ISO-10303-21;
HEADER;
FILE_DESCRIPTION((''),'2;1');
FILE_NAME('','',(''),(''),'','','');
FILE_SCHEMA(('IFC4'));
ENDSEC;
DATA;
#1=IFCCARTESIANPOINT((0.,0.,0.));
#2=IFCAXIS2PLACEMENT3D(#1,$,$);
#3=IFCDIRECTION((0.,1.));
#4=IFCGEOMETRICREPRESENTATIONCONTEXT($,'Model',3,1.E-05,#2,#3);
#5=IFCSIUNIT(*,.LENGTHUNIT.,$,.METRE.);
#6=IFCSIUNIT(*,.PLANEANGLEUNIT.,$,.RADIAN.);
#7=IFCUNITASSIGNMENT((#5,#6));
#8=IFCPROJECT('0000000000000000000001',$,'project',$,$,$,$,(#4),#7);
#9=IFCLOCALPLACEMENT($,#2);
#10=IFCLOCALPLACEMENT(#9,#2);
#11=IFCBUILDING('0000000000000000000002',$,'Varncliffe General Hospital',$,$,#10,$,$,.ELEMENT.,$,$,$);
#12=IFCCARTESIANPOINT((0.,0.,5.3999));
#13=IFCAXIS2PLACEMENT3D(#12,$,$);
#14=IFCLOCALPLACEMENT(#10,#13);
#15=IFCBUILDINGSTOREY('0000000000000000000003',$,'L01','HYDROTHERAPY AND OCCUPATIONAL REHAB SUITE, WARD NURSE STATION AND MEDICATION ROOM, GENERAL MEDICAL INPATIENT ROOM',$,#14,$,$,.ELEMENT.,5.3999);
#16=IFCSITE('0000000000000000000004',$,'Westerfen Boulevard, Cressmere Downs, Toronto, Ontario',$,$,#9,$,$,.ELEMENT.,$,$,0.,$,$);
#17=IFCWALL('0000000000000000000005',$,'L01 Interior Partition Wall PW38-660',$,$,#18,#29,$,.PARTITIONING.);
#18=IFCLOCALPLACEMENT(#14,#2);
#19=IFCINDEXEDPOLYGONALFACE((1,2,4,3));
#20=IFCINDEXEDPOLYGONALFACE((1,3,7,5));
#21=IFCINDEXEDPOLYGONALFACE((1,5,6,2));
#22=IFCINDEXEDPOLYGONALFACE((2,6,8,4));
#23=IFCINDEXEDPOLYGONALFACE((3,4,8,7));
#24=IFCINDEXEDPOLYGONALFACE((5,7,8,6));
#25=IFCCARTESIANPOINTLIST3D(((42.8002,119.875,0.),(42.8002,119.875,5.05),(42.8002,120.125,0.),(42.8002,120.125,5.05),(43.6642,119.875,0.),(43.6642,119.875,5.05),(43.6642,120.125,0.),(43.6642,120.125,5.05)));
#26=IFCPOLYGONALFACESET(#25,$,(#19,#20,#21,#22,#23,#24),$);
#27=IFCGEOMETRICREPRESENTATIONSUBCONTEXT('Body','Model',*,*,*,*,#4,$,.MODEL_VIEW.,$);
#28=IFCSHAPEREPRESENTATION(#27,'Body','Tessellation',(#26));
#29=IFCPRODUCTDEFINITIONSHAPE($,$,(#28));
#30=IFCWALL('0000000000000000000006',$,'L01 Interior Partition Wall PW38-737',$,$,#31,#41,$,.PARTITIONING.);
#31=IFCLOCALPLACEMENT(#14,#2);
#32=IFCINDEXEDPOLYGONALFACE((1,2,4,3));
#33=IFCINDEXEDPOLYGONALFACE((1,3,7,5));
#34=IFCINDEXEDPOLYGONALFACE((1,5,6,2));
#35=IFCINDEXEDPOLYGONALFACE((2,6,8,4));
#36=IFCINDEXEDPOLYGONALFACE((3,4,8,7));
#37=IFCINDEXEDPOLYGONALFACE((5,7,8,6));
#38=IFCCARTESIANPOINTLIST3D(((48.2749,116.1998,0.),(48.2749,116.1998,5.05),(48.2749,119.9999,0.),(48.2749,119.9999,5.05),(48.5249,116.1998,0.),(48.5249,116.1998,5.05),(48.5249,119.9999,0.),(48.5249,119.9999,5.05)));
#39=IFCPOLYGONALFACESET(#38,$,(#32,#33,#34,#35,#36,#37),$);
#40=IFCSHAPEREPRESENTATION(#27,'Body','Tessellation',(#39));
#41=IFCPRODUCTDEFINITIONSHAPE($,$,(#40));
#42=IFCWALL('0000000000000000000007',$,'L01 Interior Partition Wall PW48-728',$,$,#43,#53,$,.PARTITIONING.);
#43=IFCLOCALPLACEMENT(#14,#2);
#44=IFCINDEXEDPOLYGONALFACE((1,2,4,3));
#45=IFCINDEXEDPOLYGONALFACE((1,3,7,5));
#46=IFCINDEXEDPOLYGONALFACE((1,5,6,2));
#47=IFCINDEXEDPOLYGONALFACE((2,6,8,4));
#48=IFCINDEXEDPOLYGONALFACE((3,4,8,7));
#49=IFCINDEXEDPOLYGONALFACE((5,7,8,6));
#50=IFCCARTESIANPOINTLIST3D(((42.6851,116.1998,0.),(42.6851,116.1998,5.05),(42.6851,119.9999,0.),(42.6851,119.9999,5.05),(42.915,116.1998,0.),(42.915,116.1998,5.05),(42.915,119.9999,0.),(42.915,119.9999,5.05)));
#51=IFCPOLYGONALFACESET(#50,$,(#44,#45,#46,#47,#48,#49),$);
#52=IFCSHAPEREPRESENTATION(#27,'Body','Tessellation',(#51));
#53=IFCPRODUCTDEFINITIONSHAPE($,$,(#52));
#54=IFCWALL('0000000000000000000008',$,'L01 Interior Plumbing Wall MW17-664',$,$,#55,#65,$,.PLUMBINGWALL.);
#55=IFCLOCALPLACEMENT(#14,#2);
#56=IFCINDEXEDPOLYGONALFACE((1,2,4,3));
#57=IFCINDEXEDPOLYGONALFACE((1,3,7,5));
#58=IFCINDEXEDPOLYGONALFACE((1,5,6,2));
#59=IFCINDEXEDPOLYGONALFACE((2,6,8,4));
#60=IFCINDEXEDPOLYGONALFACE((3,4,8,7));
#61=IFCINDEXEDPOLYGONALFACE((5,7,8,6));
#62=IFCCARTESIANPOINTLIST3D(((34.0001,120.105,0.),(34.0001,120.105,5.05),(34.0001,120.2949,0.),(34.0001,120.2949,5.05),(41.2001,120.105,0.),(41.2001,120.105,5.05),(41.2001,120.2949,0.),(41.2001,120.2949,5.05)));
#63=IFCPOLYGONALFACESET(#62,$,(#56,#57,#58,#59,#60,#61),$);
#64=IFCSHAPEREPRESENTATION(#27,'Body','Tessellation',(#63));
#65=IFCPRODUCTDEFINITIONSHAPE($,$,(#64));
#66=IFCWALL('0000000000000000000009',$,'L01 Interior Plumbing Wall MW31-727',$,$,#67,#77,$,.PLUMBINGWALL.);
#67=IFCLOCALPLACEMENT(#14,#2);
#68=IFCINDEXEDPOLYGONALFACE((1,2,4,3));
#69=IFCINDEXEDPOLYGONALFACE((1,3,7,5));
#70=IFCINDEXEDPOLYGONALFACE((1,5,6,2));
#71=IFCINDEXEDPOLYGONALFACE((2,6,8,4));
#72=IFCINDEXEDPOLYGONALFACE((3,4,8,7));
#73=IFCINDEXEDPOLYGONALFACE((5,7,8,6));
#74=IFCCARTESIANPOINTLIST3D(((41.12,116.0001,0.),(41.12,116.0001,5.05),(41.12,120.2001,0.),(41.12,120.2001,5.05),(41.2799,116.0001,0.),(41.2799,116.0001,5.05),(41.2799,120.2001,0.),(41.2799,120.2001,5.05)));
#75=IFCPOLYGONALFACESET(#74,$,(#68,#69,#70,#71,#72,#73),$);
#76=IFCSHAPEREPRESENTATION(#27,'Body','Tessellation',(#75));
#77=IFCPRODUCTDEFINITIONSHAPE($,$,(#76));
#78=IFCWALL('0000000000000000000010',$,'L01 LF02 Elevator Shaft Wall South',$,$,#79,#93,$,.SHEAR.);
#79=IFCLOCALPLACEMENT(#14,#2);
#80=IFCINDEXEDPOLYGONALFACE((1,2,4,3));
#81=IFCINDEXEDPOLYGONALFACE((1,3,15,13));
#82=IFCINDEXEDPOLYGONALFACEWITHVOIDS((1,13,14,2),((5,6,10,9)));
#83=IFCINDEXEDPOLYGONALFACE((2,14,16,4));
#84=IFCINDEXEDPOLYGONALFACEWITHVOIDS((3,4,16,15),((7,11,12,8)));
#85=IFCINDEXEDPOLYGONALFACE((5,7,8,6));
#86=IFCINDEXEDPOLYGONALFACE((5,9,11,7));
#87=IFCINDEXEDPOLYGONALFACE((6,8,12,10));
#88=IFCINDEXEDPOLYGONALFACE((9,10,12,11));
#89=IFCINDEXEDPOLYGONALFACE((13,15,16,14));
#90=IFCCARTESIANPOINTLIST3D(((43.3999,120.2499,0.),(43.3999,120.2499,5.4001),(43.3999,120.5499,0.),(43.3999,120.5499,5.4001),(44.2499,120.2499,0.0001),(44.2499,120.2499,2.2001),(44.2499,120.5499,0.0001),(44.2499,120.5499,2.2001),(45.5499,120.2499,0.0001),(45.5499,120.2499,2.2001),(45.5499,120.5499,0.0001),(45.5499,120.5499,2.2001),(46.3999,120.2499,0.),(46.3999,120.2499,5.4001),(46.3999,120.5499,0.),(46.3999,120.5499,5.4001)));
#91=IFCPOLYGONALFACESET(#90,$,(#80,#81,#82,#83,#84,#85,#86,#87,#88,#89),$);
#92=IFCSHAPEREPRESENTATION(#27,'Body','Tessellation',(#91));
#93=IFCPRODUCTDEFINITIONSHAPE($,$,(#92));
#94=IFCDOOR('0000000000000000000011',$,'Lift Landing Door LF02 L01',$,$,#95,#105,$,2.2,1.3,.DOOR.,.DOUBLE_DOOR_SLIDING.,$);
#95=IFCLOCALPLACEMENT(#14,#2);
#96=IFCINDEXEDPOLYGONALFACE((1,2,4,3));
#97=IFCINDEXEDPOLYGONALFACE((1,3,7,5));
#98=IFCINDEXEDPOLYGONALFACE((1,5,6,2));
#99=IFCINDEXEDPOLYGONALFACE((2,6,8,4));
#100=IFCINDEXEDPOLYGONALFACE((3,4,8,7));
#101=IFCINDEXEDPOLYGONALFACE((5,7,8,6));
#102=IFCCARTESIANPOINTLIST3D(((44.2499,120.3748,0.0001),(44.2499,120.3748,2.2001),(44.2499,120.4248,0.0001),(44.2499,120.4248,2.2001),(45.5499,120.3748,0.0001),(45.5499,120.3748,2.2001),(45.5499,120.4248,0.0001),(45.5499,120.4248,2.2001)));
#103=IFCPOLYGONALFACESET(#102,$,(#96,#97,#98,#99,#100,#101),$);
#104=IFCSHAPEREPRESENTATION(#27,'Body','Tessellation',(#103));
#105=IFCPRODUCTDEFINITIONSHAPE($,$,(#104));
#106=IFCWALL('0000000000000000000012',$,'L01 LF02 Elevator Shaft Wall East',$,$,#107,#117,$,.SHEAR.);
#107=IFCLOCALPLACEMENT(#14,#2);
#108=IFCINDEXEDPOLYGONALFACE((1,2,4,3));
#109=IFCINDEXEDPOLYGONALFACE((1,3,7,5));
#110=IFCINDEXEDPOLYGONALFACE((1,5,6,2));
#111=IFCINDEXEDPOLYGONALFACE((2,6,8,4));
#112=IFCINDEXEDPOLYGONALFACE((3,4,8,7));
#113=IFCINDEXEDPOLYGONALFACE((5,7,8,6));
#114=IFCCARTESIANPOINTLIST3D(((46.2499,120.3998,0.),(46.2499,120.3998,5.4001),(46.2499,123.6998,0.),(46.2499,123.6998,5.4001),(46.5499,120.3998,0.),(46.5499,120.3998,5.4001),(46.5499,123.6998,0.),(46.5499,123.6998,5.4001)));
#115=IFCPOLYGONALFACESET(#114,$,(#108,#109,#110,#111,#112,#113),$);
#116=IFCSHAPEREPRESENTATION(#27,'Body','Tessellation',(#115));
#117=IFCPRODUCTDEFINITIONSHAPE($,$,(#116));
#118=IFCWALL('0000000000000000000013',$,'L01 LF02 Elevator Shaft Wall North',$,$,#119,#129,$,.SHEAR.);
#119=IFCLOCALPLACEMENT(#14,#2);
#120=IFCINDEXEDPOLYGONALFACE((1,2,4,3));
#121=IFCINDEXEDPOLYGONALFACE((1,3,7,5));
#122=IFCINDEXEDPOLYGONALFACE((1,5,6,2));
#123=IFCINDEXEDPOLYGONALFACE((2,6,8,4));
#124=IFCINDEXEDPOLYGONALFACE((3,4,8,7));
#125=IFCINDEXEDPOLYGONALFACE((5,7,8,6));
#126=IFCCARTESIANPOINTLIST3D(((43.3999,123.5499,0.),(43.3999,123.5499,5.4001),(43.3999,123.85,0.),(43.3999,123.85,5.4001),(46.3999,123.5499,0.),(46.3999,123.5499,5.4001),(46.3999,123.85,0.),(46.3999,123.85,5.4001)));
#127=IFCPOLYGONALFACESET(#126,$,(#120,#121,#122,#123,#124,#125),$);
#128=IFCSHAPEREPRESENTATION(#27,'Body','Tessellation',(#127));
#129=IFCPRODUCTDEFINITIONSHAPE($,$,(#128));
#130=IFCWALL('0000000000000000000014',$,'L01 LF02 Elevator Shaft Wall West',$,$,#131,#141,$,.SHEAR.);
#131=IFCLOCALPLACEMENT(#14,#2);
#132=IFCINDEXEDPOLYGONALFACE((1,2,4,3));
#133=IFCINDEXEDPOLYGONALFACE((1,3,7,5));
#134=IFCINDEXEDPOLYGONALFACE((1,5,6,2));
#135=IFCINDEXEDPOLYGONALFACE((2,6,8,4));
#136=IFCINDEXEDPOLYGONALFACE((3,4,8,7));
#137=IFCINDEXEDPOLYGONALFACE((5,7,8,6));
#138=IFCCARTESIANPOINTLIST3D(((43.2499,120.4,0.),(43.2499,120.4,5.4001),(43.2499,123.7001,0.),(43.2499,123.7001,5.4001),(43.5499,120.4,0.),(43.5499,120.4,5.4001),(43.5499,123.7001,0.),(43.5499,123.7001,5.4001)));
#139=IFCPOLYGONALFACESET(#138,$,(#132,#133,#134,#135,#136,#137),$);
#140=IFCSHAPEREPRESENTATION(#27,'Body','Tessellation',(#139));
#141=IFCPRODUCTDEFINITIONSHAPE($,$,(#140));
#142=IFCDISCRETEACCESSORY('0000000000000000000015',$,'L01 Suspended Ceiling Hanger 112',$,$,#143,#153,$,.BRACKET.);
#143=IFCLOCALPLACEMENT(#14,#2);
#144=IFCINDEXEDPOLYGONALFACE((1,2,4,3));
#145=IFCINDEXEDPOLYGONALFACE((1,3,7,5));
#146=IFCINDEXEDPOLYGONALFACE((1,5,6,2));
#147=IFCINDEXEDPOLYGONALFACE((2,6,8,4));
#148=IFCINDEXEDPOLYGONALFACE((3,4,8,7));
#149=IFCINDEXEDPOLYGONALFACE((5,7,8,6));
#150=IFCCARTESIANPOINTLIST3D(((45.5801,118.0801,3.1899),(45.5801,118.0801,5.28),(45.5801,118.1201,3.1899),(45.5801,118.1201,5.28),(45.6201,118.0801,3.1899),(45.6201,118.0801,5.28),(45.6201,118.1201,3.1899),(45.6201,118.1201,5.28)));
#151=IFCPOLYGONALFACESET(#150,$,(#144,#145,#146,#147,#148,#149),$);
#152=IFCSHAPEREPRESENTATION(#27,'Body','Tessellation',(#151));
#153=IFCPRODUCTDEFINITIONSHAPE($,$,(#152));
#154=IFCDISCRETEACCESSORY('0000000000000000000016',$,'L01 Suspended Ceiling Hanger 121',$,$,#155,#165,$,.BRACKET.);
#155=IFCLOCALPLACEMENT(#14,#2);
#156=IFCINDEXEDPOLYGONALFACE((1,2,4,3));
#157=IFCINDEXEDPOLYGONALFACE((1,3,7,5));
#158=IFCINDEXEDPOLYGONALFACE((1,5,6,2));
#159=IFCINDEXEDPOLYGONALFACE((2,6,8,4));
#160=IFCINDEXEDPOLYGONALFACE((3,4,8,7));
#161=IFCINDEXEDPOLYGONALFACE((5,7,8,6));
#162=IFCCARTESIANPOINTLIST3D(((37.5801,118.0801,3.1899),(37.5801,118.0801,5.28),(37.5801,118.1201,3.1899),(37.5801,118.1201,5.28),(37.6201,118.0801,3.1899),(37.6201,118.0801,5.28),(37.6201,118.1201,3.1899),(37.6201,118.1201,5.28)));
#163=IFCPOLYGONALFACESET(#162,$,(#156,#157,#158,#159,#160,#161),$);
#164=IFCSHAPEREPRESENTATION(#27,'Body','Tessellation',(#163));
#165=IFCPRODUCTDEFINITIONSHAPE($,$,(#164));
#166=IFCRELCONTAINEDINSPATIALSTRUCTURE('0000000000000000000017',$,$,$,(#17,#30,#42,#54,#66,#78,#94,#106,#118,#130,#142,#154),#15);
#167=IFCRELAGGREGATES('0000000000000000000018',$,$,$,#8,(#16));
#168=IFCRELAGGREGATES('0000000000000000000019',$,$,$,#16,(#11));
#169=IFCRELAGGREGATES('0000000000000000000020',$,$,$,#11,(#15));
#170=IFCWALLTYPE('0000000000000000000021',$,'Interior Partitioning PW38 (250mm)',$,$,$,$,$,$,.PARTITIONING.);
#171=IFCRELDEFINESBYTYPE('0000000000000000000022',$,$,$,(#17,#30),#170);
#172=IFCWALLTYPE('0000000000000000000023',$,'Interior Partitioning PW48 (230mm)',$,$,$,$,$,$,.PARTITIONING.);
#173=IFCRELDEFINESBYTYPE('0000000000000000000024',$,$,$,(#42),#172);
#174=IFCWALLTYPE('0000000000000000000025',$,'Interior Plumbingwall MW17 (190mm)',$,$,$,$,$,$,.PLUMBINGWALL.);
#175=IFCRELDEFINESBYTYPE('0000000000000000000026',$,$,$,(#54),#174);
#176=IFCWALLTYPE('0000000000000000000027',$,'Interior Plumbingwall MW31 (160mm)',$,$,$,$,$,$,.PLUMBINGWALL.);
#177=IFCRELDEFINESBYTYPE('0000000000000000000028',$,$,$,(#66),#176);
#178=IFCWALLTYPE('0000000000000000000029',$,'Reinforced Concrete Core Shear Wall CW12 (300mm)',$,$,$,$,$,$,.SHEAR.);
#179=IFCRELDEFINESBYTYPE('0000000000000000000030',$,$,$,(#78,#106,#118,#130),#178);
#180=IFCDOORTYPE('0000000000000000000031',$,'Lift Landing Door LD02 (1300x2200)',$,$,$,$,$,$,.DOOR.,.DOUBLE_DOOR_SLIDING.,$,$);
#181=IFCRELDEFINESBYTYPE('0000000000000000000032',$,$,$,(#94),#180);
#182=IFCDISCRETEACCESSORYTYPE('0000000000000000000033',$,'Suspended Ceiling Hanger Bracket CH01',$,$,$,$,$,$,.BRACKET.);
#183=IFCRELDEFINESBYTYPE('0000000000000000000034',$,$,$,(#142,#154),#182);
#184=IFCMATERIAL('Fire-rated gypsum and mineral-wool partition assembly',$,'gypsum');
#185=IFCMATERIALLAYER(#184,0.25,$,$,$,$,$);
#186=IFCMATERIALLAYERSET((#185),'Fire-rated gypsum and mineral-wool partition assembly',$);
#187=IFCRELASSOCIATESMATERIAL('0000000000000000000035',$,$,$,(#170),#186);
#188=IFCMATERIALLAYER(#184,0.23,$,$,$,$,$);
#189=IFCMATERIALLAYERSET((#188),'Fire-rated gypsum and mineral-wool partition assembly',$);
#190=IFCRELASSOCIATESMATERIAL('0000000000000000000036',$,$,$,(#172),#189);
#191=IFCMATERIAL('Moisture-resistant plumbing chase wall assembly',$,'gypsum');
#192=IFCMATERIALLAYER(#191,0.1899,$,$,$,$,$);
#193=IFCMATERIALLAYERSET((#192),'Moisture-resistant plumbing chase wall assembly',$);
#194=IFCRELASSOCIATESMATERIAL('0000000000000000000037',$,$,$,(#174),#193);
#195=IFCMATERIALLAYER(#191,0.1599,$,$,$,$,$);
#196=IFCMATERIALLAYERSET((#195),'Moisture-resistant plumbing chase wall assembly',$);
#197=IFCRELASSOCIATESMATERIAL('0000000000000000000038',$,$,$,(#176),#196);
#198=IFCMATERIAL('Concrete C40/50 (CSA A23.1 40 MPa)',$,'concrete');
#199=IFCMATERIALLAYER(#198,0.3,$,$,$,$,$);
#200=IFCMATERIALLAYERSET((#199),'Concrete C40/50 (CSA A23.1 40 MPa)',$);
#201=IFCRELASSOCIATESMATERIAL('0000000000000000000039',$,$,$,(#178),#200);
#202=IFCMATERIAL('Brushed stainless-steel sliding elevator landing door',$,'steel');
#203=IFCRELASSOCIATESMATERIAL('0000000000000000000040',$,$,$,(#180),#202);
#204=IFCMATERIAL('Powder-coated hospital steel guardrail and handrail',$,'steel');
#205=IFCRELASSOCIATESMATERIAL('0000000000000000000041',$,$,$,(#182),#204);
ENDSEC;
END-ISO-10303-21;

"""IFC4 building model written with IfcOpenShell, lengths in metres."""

from ifc_helpers import new_model, si_unit, direction, frame, frame_2d, origin, origin_2d, place, context, subcontext, project, spatial, rectangle, extrude, material, layer, layer_set, type_object, element, fill, save


model = new_model("IFC4")

# Units and contexts
model_context = context("Model", 3, precision=1e-05, world=origin(), true_north=direction((0.0, 1.0)))
body_context = subcontext(model_context, "Body", "Model", "MODEL_VIEW")
ifc_project = project(units=[si_unit("LENGTHUNIT", "METRE"), si_unit("PLANEANGLEUNIT", "RADIAN")], contexts=[model_context])

# Site, building, storey
site_placement = place(None, origin())
site = spatial("IfcSite", under=ifc_project, at=site_placement, Name="Westerfen Boulevard, Cressmere Downs, Toronto, Ontario", CompositionType="ELEMENT", RefElevation=0.0)
building_placement = place(site_placement, origin())
building = spatial("IfcBuilding", under=site, at=building_placement, Name="Varncliffe General Hospital", CompositionType="ELEMENT")
storey_placement = place(building_placement, frame((0.0, 0.0, 5.3999)))
storey = spatial("IfcBuildingStorey", under=building, at=storey_placement, Name="L01", Description="HYDROTHERAPY AND OCCUPATIONAL REHAB SUITE, WARD NURSE STATION AND MEDICATION ROOM, GENERAL MEDICAL INPATIENT ROOM", CompositionType="ELEMENT", Elevation=5.3999)

# Shared definitions
ifc_material_1 = material(Name="Concrete C40/50 (CSA A23.1 40 MPa)", Category="concrete")

# Shared definitions
ifc_material_2 = material(Name="Fire-rated gypsum and mineral-wool partition assembly", Category="gypsum")
ifc_layer_1 = layer(ifc_material_2, 0.25)
ifc_layer_set_1 = layer_set([ifc_layer_1], Name="Fire-rated gypsum and mineral-wool partition assembly")
wall_type_1 = type_object("IfcWallType", Name="Interior Partitioning PW38 (250mm)", PredefinedType="PARTITIONING", material=ifc_layer_set_1)

# Walls
wall_1_placement = place(storey_placement, frame((42.8, 120.0, 0.0), z_axis=(0.0, 0.0, 1.0), x_axis=(1.0, 0.0, 0.0)))
element("IfcWall", 1, at=wall_1_placement, inside=storey, type_object=wall_type_1, Name="L01 Interior Partition Wall PW38-660", PredefinedType="PARTITIONING", context=body_context, shape_type="SweptSolid", body=[
    extrude(rectangle(XDim=0.864, YDim=0.25, at=frame_2d((0.4321, 0.0))), origin(), (0.0, 0.0, 1.0), 5.05),
])
wall_2_placement = place(storey_placement, frame((48.3999, 116.2, 0.0), z_axis=(0.0, 0.0, 1.0), x_axis=(0.0, 1.0, 0.0)))
element("IfcWall", 2, at=wall_2_placement, inside=storey, type_object=wall_type_1, Name="L01 Interior Partition Wall PW38-737", PredefinedType="PARTITIONING", context=body_context, shape_type="SweptSolid", body=[
    extrude(rectangle(XDim=3.8, YDim=0.25, at=frame_2d((1.8999, 0.0))), origin(), (0.0, 0.0, 1.0), 5.05),
])
ifc_layer_2 = layer(ifc_material_2, 0.23)
ifc_layer_set_2 = layer_set([ifc_layer_2], Name="Fire-rated gypsum and mineral-wool partition assembly")
wall_type_2 = type_object("IfcWallType", Name="Interior Partitioning PW48 (230mm)", PredefinedType="PARTITIONING", material=ifc_layer_set_2)
wall_3_placement = place(storey_placement, frame((42.8, 116.2, 0.0), z_axis=(0.0, 0.0, 1.0), x_axis=(0.0, 1.0, 0.0)))
element("IfcWall", 3, at=wall_3_placement, inside=storey, type_object=wall_type_2, Name="L01 Interior Partition Wall PW48-728", PredefinedType="PARTITIONING", context=body_context, shape_type="SweptSolid", body=[
    extrude(rectangle(XDim=3.8, YDim=0.23, at=frame_2d((1.8999, 0.0))), origin(), (0.0, 0.0, 1.0), 5.05),
])
ifc_material_3 = material(Name="Moisture-resistant plumbing chase wall assembly", Category="gypsum")
ifc_layer_3 = layer(ifc_material_3, 0.1899)
ifc_layer_set_3 = layer_set([ifc_layer_3], Name="Moisture-resistant plumbing chase wall assembly")
wall_type_3 = type_object("IfcWallType", Name="Interior Plumbingwall MW17 (190mm)", PredefinedType="PLUMBINGWALL", material=ifc_layer_set_3)
wall_4_placement = place(storey_placement, frame((34.0, 120.2, 0.0), z_axis=(0.0, 0.0, 1.0), x_axis=(1.0, 0.0, 0.0)))
element("IfcWall", 4, at=wall_4_placement, inside=storey, type_object=wall_type_3, Name="L01 Interior Plumbing Wall MW17-664", PredefinedType="PLUMBINGWALL", context=body_context, shape_type="SweptSolid", body=[
    extrude(rectangle(XDim=7.2, YDim=0.1899, at=frame_2d((3.6001, 0.0))), origin(), (0.0, 0.0, 1.0), 5.05),
])
ifc_layer_4 = layer(ifc_material_3, 0.1599)
ifc_layer_set_4 = layer_set([ifc_layer_4], Name="Moisture-resistant plumbing chase wall assembly")
wall_type_4 = type_object("IfcWallType", Name="Interior Plumbingwall MW31 (160mm)", PredefinedType="PLUMBINGWALL", material=ifc_layer_set_4)
wall_5_placement = place(storey_placement, frame((41.2, 116.0, 0.0), z_axis=(0.0, 0.0, 1.0), x_axis=(0.0, 1.0, 0.0)))
element("IfcWall", 5, at=wall_5_placement, inside=storey, type_object=wall_type_4, Name="L01 Interior Plumbing Wall MW31-727", PredefinedType="PLUMBINGWALL", context=body_context, shape_type="SweptSolid", body=[
    extrude(rectangle(XDim=4.2, YDim=0.1599, at=frame_2d((2.1001, 0.0))), origin(), (0.0, 0.0, 1.0), 5.05),
])

# Wall, opening, door
ifc_layer_5 = layer(ifc_material_1, 0.3)
ifc_layer_set_5 = layer_set([ifc_layer_5], Name="Concrete C40/50 (CSA A23.1 40 MPa)")
wall_type_5 = type_object("IfcWallType", Name="Reinforced Concrete Core Shear Wall CW12 (300mm)", PredefinedType="SHEAR", material=ifc_layer_set_5)
wall_6_placement = place(storey_placement, frame((43.3999, 120.3999, 0.0), z_axis=(0.0, 0.0, 1.0), x_axis=(1.0, 0.0, 0.0)))
wall_6 = element("IfcWall", 6, at=wall_6_placement, inside=storey, type_object=wall_type_5, Name="L01 LF02 Elevator Shaft Wall South", PredefinedType="SHEAR", context=body_context, shape_type="SweptSolid", body=[
    extrude(rectangle(XDim=3.0, YDim=0.3, at=frame_2d((1.5, 0.0))), origin(), (0.0, 0.0, 1.0), 5.4001),
])
opening_1_placement = place(wall_6_placement, frame((0.8501, 0.0, 0.0)))
opening_1 = element("IfcOpeningElement", 7, at=opening_1_placement, cuts=wall_6, PredefinedType="OPENING", context=body_context, shape_type="SweptSolid", body=[
    extrude(rectangle(XDim=1.3, YDim=2.2, at=frame_2d((0.6499, 1.1001))), frame((0.0, 0.1602, 0.0), z_axis=(0.0, -1.0, 0.0), x_axis=(1.0, 0.0, 0.0)), (0.0, 0.0, 1.0), 0.3201),
])
ifc_material_4 = material(Name="Brushed stainless-steel sliding elevator landing door", Category="steel")
door_type_1 = type_object("IfcDoorType", Name="Lift Landing Door LD02 (1300x2200)", OperationType="DOUBLE_DOOR_SLIDING", PredefinedType="DOOR", material=ifc_material_4)
door_1_placement = place(opening_1_placement, origin())
door_1 = element("IfcDoor", 8, at=door_1_placement, inside=storey, type_object=door_type_1, Name="Lift Landing Door LF02 L01", OperationType="DOUBLE_DOOR_SLIDING", OverallHeight=2.2, OverallWidth=1.3, PredefinedType="DOOR", context=body_context, shape_type="SweptSolid", body=[
    extrude(rectangle(XDim=1.3, YDim=2.2, at=frame_2d((0.6499, 1.1001))), frame((0.0, 0.0249, 0.0), z_axis=(0.0, -1.0, 0.0), x_axis=(1.0, 0.0, 0.0)), (0.0, 0.0, 1.0), 0.05),
])
fill(opening_1, door_1)

# Walls
wall_7_placement = place(storey_placement, frame((46.3999, 120.3999, 0.0), z_axis=(0.0, 0.0, 1.0), x_axis=(0.0, 1.0, 0.0)))
element("IfcWall", 9, at=wall_7_placement, inside=storey, type_object=wall_type_5, Name="L01 LF02 Elevator Shaft Wall East", PredefinedType="SHEAR", context=body_context, shape_type="SweptSolid", body=[
    extrude(rectangle(XDim=3.3, YDim=0.3, at=frame_2d((1.6499, 0.0))), origin(), (0.0, 0.0, 1.0), 5.4001),
])
wall_8_placement = place(storey_placement, frame((46.3999, 123.7, 0.0), z_axis=(0.0, 0.0, 1.0), x_axis=(-1.0, 0.0, 0.0)))
element("IfcWall", 10, at=wall_8_placement, inside=storey, type_object=wall_type_5, Name="L01 LF02 Elevator Shaft Wall North", PredefinedType="SHEAR", context=body_context, shape_type="SweptSolid", body=[
    extrude(rectangle(XDim=3.0, YDim=0.3, at=frame_2d((1.5, 0.0))), origin(), (0.0, 0.0, 1.0), 5.4001),
])
wall_9_placement = place(storey_placement, frame((43.3999, 123.7, 0.0), z_axis=(0.0, 0.0, 1.0), x_axis=(0.0, -1.0, 0.0)))
element("IfcWall", 11, at=wall_9_placement, inside=storey, type_object=wall_type_5, Name="L01 LF02 Elevator Shaft Wall West", PredefinedType="SHEAR", context=body_context, shape_type="SweptSolid", body=[
    extrude(rectangle(XDim=3.3, YDim=0.3, at=frame_2d((1.6499, 0.0))), origin(), (0.0, 0.0, 1.0), 5.4001),
])

# Discrete accessories
ifc_material_5 = material(Name="Powder-coated hospital steel guardrail and handrail", Category="steel")
discrete_accessory_type = type_object("IfcDiscreteAccessoryType", Name="Suspended Ceiling Hanger Bracket CH01", PredefinedType="BRACKET", material=ifc_material_5)
for number, where, z_axis, x_axis, name in (
    (12, (45.6001, 118.1001, 3.1899), (0.0, 0.0, 1.0), (1.0, 0.0, 0.0), "L01 Suspended Ceiling Hanger 112"),
    (13, (37.6001, 118.1001, 3.1899), (0.0, 0.0, 1.0), (1.0, 0.0, 0.0), "L01 Suspended Ceiling Hanger 121"),
):
    element("IfcDiscreteAccessory", number, at=place(storey_placement, frame(where, z_axis=z_axis, x_axis=x_axis)), inside=storey, type_object=discrete_accessory_type, Name=name, PredefinedType="BRACKET", context=body_context, shape_type="SweptSolid", body=[
        extrude(rectangle(XDim=0.04, YDim=0.04, at=origin_2d()), origin(), (0.0, 0.0, 1.0), 2.0901),
    ])

save(model, "model.ifc")
